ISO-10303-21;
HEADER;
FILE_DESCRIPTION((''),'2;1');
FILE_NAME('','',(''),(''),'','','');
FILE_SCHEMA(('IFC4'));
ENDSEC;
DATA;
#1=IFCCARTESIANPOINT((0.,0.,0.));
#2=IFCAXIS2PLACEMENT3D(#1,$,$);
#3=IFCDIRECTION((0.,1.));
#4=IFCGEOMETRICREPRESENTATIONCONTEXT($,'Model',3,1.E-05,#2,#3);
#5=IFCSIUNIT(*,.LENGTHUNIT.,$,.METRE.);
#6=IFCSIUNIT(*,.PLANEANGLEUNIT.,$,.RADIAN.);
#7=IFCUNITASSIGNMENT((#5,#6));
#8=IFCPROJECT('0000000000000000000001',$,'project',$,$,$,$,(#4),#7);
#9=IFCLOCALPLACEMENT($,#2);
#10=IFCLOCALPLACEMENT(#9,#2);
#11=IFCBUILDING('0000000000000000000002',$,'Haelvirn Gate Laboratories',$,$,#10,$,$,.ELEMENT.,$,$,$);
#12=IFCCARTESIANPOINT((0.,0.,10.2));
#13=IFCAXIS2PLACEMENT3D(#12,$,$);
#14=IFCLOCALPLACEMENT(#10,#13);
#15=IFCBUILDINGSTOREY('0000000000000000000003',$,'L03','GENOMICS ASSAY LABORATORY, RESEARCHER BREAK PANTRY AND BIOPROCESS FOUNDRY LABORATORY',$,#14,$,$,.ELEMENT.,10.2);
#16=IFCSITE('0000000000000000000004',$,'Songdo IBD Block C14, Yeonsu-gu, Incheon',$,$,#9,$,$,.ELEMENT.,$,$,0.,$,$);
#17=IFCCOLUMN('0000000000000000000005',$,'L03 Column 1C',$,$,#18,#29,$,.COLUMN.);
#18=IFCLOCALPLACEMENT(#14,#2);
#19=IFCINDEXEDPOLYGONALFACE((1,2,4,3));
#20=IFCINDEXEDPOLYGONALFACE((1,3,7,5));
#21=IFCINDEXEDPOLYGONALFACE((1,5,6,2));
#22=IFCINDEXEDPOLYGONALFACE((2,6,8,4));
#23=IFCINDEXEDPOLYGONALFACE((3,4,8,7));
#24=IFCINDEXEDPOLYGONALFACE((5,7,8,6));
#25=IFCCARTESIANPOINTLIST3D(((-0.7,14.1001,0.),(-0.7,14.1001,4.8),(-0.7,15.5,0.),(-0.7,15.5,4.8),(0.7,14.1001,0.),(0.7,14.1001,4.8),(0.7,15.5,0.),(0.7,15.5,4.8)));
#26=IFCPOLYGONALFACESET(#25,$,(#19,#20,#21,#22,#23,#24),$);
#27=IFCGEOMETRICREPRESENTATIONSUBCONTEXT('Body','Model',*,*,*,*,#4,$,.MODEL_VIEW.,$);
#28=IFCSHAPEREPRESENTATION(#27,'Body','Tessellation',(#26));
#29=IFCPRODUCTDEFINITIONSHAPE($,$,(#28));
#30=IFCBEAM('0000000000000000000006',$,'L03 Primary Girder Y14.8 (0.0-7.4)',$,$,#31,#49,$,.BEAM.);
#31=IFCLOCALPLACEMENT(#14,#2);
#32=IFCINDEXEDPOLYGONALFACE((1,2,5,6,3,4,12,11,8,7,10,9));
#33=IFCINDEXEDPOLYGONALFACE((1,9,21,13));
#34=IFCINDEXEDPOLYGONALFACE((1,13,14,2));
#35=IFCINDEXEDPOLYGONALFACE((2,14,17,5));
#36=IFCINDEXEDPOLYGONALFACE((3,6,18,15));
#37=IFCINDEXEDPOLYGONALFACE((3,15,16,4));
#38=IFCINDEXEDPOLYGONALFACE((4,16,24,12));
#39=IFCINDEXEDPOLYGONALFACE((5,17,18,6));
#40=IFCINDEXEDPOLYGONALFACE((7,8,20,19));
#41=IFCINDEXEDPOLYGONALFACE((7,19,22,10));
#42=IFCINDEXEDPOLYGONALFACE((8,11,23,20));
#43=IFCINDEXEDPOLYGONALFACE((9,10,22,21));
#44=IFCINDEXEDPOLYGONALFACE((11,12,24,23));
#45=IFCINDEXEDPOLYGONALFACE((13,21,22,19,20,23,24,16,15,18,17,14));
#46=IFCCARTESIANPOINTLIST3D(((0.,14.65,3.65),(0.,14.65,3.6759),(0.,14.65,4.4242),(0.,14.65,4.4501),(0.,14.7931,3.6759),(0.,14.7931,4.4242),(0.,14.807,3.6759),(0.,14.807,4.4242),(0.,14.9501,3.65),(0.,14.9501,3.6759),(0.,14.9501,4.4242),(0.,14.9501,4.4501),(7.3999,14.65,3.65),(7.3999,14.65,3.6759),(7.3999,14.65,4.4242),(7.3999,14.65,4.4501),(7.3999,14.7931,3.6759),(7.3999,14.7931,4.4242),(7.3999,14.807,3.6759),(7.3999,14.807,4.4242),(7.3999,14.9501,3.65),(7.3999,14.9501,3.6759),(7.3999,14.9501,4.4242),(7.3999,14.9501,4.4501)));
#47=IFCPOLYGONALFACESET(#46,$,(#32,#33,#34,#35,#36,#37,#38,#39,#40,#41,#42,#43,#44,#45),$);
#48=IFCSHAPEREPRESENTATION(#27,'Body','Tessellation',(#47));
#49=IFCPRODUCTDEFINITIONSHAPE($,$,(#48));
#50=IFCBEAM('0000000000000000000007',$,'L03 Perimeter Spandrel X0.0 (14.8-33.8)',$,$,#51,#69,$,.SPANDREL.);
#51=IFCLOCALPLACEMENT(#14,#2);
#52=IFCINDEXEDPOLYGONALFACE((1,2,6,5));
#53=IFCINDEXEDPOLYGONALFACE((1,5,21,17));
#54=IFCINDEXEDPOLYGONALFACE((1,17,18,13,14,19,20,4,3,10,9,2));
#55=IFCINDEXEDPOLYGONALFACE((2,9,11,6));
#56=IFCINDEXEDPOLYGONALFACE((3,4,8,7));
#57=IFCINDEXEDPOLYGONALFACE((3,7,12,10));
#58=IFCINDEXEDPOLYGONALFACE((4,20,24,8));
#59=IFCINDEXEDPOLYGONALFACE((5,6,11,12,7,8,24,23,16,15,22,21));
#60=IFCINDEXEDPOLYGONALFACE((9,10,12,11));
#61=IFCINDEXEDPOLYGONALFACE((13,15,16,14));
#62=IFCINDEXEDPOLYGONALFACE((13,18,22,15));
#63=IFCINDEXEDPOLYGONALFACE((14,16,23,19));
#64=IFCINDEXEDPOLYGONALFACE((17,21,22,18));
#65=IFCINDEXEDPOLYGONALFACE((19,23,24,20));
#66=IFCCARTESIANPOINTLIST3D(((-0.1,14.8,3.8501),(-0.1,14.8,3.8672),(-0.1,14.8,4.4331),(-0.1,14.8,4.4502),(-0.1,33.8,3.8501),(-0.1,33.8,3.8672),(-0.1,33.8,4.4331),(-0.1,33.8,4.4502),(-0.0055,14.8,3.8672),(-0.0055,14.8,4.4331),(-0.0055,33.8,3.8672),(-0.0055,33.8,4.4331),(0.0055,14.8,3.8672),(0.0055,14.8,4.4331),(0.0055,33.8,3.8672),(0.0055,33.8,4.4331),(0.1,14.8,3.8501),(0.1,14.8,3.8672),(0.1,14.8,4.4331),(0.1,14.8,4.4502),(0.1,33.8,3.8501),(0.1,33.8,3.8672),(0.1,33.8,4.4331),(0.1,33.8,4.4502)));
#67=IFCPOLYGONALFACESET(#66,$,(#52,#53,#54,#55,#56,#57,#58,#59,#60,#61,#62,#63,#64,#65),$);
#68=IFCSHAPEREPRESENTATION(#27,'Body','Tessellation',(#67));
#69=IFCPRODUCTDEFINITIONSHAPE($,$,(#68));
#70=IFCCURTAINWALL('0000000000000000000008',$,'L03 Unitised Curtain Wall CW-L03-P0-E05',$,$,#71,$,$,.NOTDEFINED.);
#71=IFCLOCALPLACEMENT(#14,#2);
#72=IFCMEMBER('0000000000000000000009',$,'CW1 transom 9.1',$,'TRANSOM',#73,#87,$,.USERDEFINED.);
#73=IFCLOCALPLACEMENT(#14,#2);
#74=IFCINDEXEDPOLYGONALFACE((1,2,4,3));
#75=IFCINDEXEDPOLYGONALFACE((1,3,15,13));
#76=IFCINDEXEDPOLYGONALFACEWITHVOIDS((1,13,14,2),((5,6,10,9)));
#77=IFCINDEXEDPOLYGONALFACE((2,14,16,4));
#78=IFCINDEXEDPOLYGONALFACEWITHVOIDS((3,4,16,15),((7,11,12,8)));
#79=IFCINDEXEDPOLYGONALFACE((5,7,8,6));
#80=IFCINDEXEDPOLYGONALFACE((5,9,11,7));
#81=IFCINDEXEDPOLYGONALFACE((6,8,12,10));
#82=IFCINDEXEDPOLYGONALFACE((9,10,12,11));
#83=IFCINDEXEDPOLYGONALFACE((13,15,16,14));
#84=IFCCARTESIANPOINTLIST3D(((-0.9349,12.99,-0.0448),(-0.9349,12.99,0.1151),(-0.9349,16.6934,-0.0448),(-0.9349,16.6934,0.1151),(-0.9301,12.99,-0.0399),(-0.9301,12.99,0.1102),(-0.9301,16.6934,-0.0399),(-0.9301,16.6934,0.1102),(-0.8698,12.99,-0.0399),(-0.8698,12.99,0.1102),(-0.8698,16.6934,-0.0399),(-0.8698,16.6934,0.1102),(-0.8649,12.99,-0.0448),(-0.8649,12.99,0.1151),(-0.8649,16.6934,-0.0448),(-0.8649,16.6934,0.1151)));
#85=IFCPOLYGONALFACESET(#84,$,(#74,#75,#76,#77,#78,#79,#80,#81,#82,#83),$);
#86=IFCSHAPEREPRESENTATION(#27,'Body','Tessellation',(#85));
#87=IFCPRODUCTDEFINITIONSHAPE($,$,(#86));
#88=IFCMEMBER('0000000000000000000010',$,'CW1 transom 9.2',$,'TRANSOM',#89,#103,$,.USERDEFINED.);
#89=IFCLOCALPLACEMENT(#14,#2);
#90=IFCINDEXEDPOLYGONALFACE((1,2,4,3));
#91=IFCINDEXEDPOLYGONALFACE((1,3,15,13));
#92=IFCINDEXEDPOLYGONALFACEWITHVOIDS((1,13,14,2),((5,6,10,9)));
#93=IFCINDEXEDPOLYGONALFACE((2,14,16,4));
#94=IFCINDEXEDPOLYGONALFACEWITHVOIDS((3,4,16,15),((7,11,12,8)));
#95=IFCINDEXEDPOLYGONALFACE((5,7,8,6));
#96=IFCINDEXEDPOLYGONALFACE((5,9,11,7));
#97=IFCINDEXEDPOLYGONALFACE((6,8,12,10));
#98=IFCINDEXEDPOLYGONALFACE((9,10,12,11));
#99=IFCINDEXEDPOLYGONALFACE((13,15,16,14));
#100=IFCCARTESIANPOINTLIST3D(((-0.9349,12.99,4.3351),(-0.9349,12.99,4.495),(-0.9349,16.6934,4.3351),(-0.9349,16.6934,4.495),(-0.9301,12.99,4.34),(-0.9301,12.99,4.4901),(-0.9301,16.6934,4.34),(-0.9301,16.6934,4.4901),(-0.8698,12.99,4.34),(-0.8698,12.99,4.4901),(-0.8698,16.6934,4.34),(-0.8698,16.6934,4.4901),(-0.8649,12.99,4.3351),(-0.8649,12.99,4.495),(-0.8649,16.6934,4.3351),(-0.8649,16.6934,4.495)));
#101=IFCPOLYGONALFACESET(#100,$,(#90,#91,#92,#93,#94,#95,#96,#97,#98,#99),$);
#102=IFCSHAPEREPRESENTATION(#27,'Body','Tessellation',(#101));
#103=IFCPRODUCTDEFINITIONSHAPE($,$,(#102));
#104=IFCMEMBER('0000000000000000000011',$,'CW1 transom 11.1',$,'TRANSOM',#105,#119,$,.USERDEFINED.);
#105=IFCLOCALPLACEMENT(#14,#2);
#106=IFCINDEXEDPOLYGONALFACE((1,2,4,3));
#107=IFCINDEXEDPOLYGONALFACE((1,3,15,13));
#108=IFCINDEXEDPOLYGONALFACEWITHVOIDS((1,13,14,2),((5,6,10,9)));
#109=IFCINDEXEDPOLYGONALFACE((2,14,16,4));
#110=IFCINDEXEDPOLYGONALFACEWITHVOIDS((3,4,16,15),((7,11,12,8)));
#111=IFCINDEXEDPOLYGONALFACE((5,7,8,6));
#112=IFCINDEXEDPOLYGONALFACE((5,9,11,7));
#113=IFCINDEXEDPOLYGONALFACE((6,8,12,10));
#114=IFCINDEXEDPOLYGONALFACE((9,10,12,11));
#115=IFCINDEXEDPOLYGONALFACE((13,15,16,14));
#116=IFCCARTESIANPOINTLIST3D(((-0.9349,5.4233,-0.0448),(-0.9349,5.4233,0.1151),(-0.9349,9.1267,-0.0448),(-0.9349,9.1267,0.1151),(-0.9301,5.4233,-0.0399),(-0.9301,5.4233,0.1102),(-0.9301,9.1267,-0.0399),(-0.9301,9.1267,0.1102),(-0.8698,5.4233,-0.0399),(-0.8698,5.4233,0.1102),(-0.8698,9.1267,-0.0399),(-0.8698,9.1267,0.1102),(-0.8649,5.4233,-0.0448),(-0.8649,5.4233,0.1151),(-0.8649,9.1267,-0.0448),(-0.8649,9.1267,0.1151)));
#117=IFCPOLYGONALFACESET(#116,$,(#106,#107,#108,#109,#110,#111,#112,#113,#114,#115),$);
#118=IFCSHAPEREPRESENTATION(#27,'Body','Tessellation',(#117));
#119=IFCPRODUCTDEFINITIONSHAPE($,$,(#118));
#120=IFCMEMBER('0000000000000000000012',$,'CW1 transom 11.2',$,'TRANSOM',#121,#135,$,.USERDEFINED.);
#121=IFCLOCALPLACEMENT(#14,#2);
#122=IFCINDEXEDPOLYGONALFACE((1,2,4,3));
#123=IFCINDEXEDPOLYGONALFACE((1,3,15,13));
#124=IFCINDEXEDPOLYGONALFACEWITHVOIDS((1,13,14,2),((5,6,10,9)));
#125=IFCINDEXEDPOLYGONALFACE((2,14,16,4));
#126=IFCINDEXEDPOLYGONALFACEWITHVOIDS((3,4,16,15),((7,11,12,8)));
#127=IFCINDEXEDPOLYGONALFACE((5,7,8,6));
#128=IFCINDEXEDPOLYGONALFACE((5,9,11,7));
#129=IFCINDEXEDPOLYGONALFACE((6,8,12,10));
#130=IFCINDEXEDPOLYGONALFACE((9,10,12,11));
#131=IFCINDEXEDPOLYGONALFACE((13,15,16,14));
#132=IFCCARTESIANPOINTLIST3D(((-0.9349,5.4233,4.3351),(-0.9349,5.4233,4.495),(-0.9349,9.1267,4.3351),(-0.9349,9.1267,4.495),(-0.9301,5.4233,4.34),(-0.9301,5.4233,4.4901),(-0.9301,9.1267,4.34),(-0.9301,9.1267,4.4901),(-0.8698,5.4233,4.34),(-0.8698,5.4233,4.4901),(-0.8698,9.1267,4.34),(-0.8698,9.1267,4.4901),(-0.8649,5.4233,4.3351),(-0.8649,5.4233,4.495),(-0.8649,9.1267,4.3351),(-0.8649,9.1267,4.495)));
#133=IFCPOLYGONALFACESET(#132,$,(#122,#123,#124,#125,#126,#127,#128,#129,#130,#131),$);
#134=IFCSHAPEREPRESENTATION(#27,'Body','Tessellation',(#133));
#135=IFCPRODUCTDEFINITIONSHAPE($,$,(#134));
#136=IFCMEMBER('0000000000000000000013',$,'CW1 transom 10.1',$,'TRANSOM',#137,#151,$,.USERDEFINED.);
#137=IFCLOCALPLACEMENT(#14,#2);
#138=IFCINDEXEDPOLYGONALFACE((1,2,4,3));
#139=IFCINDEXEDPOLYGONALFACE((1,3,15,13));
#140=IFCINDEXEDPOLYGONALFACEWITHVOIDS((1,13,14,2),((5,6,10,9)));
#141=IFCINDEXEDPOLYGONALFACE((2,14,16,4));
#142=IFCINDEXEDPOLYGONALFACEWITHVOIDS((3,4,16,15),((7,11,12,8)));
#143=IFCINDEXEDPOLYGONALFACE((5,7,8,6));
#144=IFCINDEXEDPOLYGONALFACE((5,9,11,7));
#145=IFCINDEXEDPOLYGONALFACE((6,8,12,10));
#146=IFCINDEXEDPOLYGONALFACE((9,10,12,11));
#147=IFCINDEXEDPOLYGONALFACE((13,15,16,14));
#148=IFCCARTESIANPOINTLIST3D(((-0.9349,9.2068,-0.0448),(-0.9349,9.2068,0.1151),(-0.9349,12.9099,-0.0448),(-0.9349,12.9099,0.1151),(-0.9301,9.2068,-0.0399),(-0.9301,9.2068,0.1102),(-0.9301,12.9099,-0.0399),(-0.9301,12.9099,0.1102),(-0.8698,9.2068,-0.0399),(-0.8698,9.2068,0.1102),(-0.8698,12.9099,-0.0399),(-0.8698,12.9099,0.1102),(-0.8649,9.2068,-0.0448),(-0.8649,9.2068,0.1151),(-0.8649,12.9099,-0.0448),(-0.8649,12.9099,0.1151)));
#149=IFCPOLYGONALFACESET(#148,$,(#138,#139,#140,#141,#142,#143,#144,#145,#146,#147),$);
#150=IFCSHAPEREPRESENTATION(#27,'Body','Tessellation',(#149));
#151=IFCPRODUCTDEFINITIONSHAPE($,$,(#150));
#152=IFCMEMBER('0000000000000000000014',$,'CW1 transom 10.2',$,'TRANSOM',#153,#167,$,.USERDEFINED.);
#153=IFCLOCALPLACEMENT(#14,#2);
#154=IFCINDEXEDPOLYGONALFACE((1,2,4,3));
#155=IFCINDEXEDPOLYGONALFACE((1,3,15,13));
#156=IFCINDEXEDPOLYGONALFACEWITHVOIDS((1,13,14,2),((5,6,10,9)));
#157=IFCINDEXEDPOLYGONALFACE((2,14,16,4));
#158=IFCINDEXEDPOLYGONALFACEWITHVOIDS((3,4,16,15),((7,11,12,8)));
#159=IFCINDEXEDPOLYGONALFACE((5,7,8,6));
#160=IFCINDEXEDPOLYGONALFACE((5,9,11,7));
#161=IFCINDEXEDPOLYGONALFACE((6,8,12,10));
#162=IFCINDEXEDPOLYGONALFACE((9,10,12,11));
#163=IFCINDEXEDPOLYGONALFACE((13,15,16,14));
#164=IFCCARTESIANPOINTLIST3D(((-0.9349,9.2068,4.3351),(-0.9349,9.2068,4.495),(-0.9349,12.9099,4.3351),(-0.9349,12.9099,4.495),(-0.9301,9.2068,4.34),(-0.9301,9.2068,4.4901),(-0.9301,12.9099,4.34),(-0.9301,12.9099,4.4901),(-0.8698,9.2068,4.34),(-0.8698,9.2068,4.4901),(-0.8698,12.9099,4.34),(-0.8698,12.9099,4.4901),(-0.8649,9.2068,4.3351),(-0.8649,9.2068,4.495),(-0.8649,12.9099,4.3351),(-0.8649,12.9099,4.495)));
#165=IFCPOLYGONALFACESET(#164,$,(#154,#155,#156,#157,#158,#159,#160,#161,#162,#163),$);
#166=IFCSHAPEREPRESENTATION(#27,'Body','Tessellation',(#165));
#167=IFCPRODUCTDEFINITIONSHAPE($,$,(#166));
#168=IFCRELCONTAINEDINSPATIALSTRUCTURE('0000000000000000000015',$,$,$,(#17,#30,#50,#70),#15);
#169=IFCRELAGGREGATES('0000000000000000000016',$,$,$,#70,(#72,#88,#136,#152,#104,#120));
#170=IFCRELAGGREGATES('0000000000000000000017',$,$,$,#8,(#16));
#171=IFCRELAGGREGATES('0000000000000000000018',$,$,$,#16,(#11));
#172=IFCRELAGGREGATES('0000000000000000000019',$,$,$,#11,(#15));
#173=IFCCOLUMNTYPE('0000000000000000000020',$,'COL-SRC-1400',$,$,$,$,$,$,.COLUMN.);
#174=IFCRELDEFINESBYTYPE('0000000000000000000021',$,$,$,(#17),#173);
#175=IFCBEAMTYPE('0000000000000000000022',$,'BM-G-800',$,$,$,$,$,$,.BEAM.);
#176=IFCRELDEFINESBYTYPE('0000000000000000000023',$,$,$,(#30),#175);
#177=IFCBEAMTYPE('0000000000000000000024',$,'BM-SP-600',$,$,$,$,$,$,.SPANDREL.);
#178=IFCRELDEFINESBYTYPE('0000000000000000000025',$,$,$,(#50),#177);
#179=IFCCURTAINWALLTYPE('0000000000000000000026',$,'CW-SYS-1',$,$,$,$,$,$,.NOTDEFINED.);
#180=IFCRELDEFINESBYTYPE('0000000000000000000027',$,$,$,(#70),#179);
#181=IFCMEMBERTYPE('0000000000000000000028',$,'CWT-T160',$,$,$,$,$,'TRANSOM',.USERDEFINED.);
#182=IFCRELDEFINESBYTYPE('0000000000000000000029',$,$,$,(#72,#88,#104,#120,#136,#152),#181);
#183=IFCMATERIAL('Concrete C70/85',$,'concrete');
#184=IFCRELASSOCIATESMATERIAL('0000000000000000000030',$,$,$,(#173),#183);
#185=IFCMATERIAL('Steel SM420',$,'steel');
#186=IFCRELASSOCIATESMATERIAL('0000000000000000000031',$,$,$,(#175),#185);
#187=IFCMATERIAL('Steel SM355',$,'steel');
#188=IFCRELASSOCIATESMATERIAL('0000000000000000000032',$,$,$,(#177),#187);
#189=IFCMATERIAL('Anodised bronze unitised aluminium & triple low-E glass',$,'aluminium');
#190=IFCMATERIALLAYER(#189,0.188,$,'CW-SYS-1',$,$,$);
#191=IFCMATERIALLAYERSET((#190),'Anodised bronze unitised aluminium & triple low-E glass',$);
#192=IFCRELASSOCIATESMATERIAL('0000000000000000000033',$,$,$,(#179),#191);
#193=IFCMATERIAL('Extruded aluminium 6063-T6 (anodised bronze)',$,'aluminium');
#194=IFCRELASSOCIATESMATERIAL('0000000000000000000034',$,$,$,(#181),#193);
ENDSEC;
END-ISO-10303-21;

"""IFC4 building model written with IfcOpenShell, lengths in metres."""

from ifc_helpers import new_model, si_unit, direction, frame, origin, origin_2d, place, context, subcontext, project, spatial, rectangle, hollow_rectangle, i_section, extrude, source, transform, mapped, material, layer, layer_set, material_profile, profile_set, type_object, type_shapes, element, aggregate, save


model = new_model("IFC4")

# Units and contexts
model_context = context("Model", 3, precision=1e-05, world=origin(), true_north=direction((0.0, 1.0)))
body_context = subcontext(model_context, "Body", "Model", "MODEL_VIEW")
ifc_project = project(units=[si_unit("LENGTHUNIT", "METRE"), si_unit("PLANEANGLEUNIT", "RADIAN")], contexts=[model_context])

# Site, building, storey
site_placement = place(None, origin())
site = spatial("IfcSite", under=ifc_project, at=site_placement, Name="Songdo IBD Block C14, Yeonsu-gu, Incheon", CompositionType="ELEMENT", RefElevation=0.0)
building_placement = place(site_placement, origin())
building = spatial("IfcBuilding", under=site, at=building_placement, Name="Haelvirn Gate Laboratories", CompositionType="ELEMENT")
storey_placement = place(building_placement, frame((0.0, 0.0, 10.2)))
storey = spatial("IfcBuildingStorey", under=building, at=storey_placement, Name="L03", Description="GENOMICS ASSAY LABORATORY, RESEARCHER BREAK PANTRY AND BIOPROCESS FOUNDRY LABORATORY", CompositionType="ELEMENT", Elevation=10.2)

# Column
ifc_material_1 = material(Name="Concrete C70/85", Category="concrete")
ifc_material_profile_1 = material_profile(ifc_material_1, rectangle(XDim=1.3999, YDim=1.3999, at=origin_2d()), Name="SRC-1400x1400")
ifc_profile_set_1 = profile_set([ifc_material_profile_1], Name="Concrete C70/85")
column_type = type_object("IfcColumnType", Name="COL-SRC-1400", PredefinedType="COLUMN", material=ifc_profile_set_1)
shared_shape_1 = source(origin(), body_context, "Body", "SweptSolid", [
    extrude(rectangle(XDim=1.3999, YDim=1.3999, at=origin_2d()), origin(), (0.0, 0.0, 1.0), 4.8),
])
type_shapes(column_type, [shared_shape_1])
column_placement = place(storey_placement, frame((0.0, 14.8, 0.0), z_axis=(0.0, 0.0, 1.0), x_axis=(1.0, 0.0, 0.0)))
element("IfcColumn", 1, at=column_placement, inside=storey, type_object=column_type, Name="L03 Column 1C", PredefinedType="COLUMN", context=body_context, shape_type="MappedRepresentation", body=[
    mapped(shared_shape_1, transform((0.0, 0.0, 0.0), scale=1.0)),
])

# Beams
ifc_material_2 = material(Name="Steel SM420", Category="steel")
ifc_material_profile_2 = material_profile(ifc_material_2, i_section(OverallWidth=0.3, OverallDepth=0.8, WebThickness=0.0139, FlangeThickness=0.0259, at=origin_2d()), Name="H-800x300x14x26")
ifc_profile_set_2 = profile_set([ifc_material_profile_2], Name="Steel SM420")
beam_type_1 = type_object("IfcBeamType", Name="BM-G-800", PredefinedType="BEAM", material=ifc_profile_set_2)
shared_shape_2 = source(origin(), body_context, "Body", "SweptSolid", [
    extrude(i_section(OverallWidth=0.3, OverallDepth=0.8, WebThickness=0.0139, FlangeThickness=0.0259, at=origin_2d()), origin(), (0.0, 0.0, 1.0), 7.3999),
])
type_shapes(beam_type_1, [shared_shape_2])
beam_1_placement = place(storey_placement, frame((0.0, 14.8, 4.05), z_axis=(1.0, 0.0, 0.0), x_axis=(0.0, 1.0, 0.0)))
element("IfcBeam", 2, at=beam_1_placement, inside=storey, type_object=beam_type_1, Name="L03 Primary Girder Y14.8 (0.0-7.4)", PredefinedType="BEAM", context=body_context, shape_type="MappedRepresentation", body=[
    mapped(shared_shape_2, transform((0.0, 0.0, 0.0), scale=1.0)),
])
ifc_material_3 = material(Name="Steel SM355", Category="steel")
ifc_material_profile_3 = material_profile(ifc_material_3, i_section(OverallWidth=0.2, OverallDepth=0.6001, WebThickness=0.011, FlangeThickness=0.0171, at=origin_2d()), Name="H-600x200x11x17")
ifc_profile_set_3 = profile_set([ifc_material_profile_3], Name="Steel SM355")
beam_type_2 = type_object("IfcBeamType", Name="BM-SP-600", PredefinedType="SPANDREL", material=ifc_profile_set_3)
shared_shape_3 = source(origin(), body_context, "Body", "SweptSolid", [
    extrude(i_section(OverallWidth=0.2, OverallDepth=0.6001, WebThickness=0.011, FlangeThickness=0.0171, at=origin_2d()), origin(), (0.0, 0.0, 1.0), 19.0),
])
type_shapes(beam_type_2, [shared_shape_3])
beam_2_placement = place(storey_placement, frame((0.0, 14.8, 4.1501), z_axis=(0.0, 1.0, 0.0), x_axis=(-1.0, 0.0, 0.0)))
element("IfcBeam", 3, at=beam_2_placement, inside=storey, type_object=beam_type_2, Name="L03 Perimeter Spandrel X0.0 (14.8-33.8)", PredefinedType="SPANDREL", context=body_context, shape_type="MappedRepresentation", body=[
    mapped(shared_shape_3, transform((0.0, 0.0, 0.0), scale=1.0)),
])

# Curtain wall, members
ifc_material_4 = material(Name="Anodised bronze unitised aluminium & triple low-E glass", Category="aluminium")
ifc_layer_1 = layer(ifc_material_4, 0.188, Name="CW-SYS-1")
ifc_layer_set_1 = layer_set([ifc_layer_1], Name="Anodised bronze unitised aluminium & triple low-E glass")
curtain_wall_type = type_object("IfcCurtainWallType", Name="CW-SYS-1", PredefinedType="NOTDEFINED", material=ifc_layer_set_1)
curtain_wall_placement = place(storey_placement, origin())
curtain_wall = element("IfcCurtainWall", 4, at=curtain_wall_placement, inside=storey, type_object=curtain_wall_type, Name="L03 Unitised Curtain Wall CW-L03-P0-E05", PredefinedType="NOTDEFINED")
ifc_material_5 = material(Name="Extruded aluminium 6063-T6 (anodised bronze)", Category="aluminium")
ifc_material_profile_4 = material_profile(ifc_material_5, hollow_rectangle(XDim=0.0701, YDim=0.1599, WallThickness=0.0049, at=origin_2d()), Name="CWT-160x70x5")
ifc_profile_set_4 = profile_set([ifc_material_profile_4], Name="Extruded aluminium 6063-T6 (anodised bronze)")
member_type_1 = type_object("IfcMemberType", Name="CWT-T160", ElementType="TRANSOM", PredefinedType="USERDEFINED", material=ifc_profile_set_4)
shared_shape_4 = source(origin(), body_context, "Body", "SweptSolid", [
    extrude(hollow_rectangle(XDim=0.0701, YDim=0.1599, WallThickness=0.0049, at=origin_2d()), origin(), (0.0, 0.0, 1.0), 3.7034),
])
member_1_placement = place(storey_placement, frame((-0.8999, 16.6934, 0.0352), z_axis=(0.0, -1.0, 0.0), x_axis=(1.0, 0.0, 0.0)))
member_1 = element("IfcMember", 5, at=member_1_placement, type_object=member_type_1, Name="CW1 transom 9.1", ObjectType="TRANSOM", PredefinedType="USERDEFINED", context=body_context, shape_type="MappedRepresentation", body=[
    mapped(shared_shape_4, transform((0.0, 0.0, 0.0), scale=1.0)),
])
member_2_placement = place(storey_placement, frame((-0.8999, 16.6934, 4.415), z_axis=(0.0, -1.0, 0.0), x_axis=(1.0, 0.0, 0.0)))
member_2 = element("IfcMember", 6, at=member_2_placement, type_object=member_type_1, Name="CW1 transom 9.2", ObjectType="TRANSOM", PredefinedType="USERDEFINED", context=body_context, shape_type="MappedRepresentation", body=[
    mapped(shared_shape_4, transform((0.0, 0.0, 0.0), scale=1.0)),
])
member_3_placement = place(storey_placement, frame((-0.8999, 9.1267, 0.0352), z_axis=(0.0, -1.0, 0.0), x_axis=(1.0, 0.0, 0.0)))
member_3 = element("IfcMember", 7, at=member_3_placement, type_object=member_type_1, Name="CW1 transom 11.1", ObjectType="TRANSOM", PredefinedType="USERDEFINED", context=body_context, shape_type="MappedRepresentation", body=[
    mapped(shared_shape_4, transform((0.0, 0.0, 0.0), scale=1.0)),
])
member_4_placement = place(storey_placement, frame((-0.8999, 9.1267, 4.415), z_axis=(0.0, -1.0, 0.0), x_axis=(1.0, 0.0, 0.0)))
member_4 = element("IfcMember", 8, at=member_4_placement, type_object=member_type_1, Name="CW1 transom 11.2", ObjectType="TRANSOM", PredefinedType="USERDEFINED", context=body_context, shape_type="MappedRepresentation", body=[
    mapped(shared_shape_4, transform((0.0, 0.0, 0.0), scale=1.0)),
])
shared_shape_5 = source(origin(), body_context, "Body", "SweptSolid", [
    extrude(hollow_rectangle(XDim=0.0701, YDim=0.1599, WallThickness=0.0049, at=origin_2d()), origin(), (0.0, 0.0, 1.0), 3.7031),
])
type_shapes(member_type_1, [shared_shape_4, shared_shape_5])
member_5_placement = place(storey_placement, frame((-0.8999, 12.9099, 0.0352), z_axis=(0.0, -1.0, 0.0), x_axis=(1.0, 0.0, 0.0)))
member_5 = element("IfcMember", 9, at=member_5_placement, type_object=member_type_1, Name="CW1 transom 10.1", ObjectType="TRANSOM", PredefinedType="USERDEFINED", context=body_context, shape_type="MappedRepresentation", body=[
    mapped(shared_shape_5, transform((0.0, 0.0, 0.0), scale=1.0)),
])
member_6_placement = place(storey_placement, frame((-0.8999, 12.9099, 4.415), z_axis=(0.0, -1.0, 0.0), x_axis=(1.0, 0.0, 0.0)))
member_6 = element("IfcMember", 10, at=member_6_placement, type_object=member_type_1, Name="CW1 transom 10.2", ObjectType="TRANSOM", PredefinedType="USERDEFINED", context=body_context, shape_type="MappedRepresentation", body=[
    mapped(shared_shape_5, transform((0.0, 0.0, 0.0), scale=1.0)),
])
aggregate(curtain_wall, [member_1, member_2, member_5, member_6, member_3, member_4])

save(model, "model.ifc")
